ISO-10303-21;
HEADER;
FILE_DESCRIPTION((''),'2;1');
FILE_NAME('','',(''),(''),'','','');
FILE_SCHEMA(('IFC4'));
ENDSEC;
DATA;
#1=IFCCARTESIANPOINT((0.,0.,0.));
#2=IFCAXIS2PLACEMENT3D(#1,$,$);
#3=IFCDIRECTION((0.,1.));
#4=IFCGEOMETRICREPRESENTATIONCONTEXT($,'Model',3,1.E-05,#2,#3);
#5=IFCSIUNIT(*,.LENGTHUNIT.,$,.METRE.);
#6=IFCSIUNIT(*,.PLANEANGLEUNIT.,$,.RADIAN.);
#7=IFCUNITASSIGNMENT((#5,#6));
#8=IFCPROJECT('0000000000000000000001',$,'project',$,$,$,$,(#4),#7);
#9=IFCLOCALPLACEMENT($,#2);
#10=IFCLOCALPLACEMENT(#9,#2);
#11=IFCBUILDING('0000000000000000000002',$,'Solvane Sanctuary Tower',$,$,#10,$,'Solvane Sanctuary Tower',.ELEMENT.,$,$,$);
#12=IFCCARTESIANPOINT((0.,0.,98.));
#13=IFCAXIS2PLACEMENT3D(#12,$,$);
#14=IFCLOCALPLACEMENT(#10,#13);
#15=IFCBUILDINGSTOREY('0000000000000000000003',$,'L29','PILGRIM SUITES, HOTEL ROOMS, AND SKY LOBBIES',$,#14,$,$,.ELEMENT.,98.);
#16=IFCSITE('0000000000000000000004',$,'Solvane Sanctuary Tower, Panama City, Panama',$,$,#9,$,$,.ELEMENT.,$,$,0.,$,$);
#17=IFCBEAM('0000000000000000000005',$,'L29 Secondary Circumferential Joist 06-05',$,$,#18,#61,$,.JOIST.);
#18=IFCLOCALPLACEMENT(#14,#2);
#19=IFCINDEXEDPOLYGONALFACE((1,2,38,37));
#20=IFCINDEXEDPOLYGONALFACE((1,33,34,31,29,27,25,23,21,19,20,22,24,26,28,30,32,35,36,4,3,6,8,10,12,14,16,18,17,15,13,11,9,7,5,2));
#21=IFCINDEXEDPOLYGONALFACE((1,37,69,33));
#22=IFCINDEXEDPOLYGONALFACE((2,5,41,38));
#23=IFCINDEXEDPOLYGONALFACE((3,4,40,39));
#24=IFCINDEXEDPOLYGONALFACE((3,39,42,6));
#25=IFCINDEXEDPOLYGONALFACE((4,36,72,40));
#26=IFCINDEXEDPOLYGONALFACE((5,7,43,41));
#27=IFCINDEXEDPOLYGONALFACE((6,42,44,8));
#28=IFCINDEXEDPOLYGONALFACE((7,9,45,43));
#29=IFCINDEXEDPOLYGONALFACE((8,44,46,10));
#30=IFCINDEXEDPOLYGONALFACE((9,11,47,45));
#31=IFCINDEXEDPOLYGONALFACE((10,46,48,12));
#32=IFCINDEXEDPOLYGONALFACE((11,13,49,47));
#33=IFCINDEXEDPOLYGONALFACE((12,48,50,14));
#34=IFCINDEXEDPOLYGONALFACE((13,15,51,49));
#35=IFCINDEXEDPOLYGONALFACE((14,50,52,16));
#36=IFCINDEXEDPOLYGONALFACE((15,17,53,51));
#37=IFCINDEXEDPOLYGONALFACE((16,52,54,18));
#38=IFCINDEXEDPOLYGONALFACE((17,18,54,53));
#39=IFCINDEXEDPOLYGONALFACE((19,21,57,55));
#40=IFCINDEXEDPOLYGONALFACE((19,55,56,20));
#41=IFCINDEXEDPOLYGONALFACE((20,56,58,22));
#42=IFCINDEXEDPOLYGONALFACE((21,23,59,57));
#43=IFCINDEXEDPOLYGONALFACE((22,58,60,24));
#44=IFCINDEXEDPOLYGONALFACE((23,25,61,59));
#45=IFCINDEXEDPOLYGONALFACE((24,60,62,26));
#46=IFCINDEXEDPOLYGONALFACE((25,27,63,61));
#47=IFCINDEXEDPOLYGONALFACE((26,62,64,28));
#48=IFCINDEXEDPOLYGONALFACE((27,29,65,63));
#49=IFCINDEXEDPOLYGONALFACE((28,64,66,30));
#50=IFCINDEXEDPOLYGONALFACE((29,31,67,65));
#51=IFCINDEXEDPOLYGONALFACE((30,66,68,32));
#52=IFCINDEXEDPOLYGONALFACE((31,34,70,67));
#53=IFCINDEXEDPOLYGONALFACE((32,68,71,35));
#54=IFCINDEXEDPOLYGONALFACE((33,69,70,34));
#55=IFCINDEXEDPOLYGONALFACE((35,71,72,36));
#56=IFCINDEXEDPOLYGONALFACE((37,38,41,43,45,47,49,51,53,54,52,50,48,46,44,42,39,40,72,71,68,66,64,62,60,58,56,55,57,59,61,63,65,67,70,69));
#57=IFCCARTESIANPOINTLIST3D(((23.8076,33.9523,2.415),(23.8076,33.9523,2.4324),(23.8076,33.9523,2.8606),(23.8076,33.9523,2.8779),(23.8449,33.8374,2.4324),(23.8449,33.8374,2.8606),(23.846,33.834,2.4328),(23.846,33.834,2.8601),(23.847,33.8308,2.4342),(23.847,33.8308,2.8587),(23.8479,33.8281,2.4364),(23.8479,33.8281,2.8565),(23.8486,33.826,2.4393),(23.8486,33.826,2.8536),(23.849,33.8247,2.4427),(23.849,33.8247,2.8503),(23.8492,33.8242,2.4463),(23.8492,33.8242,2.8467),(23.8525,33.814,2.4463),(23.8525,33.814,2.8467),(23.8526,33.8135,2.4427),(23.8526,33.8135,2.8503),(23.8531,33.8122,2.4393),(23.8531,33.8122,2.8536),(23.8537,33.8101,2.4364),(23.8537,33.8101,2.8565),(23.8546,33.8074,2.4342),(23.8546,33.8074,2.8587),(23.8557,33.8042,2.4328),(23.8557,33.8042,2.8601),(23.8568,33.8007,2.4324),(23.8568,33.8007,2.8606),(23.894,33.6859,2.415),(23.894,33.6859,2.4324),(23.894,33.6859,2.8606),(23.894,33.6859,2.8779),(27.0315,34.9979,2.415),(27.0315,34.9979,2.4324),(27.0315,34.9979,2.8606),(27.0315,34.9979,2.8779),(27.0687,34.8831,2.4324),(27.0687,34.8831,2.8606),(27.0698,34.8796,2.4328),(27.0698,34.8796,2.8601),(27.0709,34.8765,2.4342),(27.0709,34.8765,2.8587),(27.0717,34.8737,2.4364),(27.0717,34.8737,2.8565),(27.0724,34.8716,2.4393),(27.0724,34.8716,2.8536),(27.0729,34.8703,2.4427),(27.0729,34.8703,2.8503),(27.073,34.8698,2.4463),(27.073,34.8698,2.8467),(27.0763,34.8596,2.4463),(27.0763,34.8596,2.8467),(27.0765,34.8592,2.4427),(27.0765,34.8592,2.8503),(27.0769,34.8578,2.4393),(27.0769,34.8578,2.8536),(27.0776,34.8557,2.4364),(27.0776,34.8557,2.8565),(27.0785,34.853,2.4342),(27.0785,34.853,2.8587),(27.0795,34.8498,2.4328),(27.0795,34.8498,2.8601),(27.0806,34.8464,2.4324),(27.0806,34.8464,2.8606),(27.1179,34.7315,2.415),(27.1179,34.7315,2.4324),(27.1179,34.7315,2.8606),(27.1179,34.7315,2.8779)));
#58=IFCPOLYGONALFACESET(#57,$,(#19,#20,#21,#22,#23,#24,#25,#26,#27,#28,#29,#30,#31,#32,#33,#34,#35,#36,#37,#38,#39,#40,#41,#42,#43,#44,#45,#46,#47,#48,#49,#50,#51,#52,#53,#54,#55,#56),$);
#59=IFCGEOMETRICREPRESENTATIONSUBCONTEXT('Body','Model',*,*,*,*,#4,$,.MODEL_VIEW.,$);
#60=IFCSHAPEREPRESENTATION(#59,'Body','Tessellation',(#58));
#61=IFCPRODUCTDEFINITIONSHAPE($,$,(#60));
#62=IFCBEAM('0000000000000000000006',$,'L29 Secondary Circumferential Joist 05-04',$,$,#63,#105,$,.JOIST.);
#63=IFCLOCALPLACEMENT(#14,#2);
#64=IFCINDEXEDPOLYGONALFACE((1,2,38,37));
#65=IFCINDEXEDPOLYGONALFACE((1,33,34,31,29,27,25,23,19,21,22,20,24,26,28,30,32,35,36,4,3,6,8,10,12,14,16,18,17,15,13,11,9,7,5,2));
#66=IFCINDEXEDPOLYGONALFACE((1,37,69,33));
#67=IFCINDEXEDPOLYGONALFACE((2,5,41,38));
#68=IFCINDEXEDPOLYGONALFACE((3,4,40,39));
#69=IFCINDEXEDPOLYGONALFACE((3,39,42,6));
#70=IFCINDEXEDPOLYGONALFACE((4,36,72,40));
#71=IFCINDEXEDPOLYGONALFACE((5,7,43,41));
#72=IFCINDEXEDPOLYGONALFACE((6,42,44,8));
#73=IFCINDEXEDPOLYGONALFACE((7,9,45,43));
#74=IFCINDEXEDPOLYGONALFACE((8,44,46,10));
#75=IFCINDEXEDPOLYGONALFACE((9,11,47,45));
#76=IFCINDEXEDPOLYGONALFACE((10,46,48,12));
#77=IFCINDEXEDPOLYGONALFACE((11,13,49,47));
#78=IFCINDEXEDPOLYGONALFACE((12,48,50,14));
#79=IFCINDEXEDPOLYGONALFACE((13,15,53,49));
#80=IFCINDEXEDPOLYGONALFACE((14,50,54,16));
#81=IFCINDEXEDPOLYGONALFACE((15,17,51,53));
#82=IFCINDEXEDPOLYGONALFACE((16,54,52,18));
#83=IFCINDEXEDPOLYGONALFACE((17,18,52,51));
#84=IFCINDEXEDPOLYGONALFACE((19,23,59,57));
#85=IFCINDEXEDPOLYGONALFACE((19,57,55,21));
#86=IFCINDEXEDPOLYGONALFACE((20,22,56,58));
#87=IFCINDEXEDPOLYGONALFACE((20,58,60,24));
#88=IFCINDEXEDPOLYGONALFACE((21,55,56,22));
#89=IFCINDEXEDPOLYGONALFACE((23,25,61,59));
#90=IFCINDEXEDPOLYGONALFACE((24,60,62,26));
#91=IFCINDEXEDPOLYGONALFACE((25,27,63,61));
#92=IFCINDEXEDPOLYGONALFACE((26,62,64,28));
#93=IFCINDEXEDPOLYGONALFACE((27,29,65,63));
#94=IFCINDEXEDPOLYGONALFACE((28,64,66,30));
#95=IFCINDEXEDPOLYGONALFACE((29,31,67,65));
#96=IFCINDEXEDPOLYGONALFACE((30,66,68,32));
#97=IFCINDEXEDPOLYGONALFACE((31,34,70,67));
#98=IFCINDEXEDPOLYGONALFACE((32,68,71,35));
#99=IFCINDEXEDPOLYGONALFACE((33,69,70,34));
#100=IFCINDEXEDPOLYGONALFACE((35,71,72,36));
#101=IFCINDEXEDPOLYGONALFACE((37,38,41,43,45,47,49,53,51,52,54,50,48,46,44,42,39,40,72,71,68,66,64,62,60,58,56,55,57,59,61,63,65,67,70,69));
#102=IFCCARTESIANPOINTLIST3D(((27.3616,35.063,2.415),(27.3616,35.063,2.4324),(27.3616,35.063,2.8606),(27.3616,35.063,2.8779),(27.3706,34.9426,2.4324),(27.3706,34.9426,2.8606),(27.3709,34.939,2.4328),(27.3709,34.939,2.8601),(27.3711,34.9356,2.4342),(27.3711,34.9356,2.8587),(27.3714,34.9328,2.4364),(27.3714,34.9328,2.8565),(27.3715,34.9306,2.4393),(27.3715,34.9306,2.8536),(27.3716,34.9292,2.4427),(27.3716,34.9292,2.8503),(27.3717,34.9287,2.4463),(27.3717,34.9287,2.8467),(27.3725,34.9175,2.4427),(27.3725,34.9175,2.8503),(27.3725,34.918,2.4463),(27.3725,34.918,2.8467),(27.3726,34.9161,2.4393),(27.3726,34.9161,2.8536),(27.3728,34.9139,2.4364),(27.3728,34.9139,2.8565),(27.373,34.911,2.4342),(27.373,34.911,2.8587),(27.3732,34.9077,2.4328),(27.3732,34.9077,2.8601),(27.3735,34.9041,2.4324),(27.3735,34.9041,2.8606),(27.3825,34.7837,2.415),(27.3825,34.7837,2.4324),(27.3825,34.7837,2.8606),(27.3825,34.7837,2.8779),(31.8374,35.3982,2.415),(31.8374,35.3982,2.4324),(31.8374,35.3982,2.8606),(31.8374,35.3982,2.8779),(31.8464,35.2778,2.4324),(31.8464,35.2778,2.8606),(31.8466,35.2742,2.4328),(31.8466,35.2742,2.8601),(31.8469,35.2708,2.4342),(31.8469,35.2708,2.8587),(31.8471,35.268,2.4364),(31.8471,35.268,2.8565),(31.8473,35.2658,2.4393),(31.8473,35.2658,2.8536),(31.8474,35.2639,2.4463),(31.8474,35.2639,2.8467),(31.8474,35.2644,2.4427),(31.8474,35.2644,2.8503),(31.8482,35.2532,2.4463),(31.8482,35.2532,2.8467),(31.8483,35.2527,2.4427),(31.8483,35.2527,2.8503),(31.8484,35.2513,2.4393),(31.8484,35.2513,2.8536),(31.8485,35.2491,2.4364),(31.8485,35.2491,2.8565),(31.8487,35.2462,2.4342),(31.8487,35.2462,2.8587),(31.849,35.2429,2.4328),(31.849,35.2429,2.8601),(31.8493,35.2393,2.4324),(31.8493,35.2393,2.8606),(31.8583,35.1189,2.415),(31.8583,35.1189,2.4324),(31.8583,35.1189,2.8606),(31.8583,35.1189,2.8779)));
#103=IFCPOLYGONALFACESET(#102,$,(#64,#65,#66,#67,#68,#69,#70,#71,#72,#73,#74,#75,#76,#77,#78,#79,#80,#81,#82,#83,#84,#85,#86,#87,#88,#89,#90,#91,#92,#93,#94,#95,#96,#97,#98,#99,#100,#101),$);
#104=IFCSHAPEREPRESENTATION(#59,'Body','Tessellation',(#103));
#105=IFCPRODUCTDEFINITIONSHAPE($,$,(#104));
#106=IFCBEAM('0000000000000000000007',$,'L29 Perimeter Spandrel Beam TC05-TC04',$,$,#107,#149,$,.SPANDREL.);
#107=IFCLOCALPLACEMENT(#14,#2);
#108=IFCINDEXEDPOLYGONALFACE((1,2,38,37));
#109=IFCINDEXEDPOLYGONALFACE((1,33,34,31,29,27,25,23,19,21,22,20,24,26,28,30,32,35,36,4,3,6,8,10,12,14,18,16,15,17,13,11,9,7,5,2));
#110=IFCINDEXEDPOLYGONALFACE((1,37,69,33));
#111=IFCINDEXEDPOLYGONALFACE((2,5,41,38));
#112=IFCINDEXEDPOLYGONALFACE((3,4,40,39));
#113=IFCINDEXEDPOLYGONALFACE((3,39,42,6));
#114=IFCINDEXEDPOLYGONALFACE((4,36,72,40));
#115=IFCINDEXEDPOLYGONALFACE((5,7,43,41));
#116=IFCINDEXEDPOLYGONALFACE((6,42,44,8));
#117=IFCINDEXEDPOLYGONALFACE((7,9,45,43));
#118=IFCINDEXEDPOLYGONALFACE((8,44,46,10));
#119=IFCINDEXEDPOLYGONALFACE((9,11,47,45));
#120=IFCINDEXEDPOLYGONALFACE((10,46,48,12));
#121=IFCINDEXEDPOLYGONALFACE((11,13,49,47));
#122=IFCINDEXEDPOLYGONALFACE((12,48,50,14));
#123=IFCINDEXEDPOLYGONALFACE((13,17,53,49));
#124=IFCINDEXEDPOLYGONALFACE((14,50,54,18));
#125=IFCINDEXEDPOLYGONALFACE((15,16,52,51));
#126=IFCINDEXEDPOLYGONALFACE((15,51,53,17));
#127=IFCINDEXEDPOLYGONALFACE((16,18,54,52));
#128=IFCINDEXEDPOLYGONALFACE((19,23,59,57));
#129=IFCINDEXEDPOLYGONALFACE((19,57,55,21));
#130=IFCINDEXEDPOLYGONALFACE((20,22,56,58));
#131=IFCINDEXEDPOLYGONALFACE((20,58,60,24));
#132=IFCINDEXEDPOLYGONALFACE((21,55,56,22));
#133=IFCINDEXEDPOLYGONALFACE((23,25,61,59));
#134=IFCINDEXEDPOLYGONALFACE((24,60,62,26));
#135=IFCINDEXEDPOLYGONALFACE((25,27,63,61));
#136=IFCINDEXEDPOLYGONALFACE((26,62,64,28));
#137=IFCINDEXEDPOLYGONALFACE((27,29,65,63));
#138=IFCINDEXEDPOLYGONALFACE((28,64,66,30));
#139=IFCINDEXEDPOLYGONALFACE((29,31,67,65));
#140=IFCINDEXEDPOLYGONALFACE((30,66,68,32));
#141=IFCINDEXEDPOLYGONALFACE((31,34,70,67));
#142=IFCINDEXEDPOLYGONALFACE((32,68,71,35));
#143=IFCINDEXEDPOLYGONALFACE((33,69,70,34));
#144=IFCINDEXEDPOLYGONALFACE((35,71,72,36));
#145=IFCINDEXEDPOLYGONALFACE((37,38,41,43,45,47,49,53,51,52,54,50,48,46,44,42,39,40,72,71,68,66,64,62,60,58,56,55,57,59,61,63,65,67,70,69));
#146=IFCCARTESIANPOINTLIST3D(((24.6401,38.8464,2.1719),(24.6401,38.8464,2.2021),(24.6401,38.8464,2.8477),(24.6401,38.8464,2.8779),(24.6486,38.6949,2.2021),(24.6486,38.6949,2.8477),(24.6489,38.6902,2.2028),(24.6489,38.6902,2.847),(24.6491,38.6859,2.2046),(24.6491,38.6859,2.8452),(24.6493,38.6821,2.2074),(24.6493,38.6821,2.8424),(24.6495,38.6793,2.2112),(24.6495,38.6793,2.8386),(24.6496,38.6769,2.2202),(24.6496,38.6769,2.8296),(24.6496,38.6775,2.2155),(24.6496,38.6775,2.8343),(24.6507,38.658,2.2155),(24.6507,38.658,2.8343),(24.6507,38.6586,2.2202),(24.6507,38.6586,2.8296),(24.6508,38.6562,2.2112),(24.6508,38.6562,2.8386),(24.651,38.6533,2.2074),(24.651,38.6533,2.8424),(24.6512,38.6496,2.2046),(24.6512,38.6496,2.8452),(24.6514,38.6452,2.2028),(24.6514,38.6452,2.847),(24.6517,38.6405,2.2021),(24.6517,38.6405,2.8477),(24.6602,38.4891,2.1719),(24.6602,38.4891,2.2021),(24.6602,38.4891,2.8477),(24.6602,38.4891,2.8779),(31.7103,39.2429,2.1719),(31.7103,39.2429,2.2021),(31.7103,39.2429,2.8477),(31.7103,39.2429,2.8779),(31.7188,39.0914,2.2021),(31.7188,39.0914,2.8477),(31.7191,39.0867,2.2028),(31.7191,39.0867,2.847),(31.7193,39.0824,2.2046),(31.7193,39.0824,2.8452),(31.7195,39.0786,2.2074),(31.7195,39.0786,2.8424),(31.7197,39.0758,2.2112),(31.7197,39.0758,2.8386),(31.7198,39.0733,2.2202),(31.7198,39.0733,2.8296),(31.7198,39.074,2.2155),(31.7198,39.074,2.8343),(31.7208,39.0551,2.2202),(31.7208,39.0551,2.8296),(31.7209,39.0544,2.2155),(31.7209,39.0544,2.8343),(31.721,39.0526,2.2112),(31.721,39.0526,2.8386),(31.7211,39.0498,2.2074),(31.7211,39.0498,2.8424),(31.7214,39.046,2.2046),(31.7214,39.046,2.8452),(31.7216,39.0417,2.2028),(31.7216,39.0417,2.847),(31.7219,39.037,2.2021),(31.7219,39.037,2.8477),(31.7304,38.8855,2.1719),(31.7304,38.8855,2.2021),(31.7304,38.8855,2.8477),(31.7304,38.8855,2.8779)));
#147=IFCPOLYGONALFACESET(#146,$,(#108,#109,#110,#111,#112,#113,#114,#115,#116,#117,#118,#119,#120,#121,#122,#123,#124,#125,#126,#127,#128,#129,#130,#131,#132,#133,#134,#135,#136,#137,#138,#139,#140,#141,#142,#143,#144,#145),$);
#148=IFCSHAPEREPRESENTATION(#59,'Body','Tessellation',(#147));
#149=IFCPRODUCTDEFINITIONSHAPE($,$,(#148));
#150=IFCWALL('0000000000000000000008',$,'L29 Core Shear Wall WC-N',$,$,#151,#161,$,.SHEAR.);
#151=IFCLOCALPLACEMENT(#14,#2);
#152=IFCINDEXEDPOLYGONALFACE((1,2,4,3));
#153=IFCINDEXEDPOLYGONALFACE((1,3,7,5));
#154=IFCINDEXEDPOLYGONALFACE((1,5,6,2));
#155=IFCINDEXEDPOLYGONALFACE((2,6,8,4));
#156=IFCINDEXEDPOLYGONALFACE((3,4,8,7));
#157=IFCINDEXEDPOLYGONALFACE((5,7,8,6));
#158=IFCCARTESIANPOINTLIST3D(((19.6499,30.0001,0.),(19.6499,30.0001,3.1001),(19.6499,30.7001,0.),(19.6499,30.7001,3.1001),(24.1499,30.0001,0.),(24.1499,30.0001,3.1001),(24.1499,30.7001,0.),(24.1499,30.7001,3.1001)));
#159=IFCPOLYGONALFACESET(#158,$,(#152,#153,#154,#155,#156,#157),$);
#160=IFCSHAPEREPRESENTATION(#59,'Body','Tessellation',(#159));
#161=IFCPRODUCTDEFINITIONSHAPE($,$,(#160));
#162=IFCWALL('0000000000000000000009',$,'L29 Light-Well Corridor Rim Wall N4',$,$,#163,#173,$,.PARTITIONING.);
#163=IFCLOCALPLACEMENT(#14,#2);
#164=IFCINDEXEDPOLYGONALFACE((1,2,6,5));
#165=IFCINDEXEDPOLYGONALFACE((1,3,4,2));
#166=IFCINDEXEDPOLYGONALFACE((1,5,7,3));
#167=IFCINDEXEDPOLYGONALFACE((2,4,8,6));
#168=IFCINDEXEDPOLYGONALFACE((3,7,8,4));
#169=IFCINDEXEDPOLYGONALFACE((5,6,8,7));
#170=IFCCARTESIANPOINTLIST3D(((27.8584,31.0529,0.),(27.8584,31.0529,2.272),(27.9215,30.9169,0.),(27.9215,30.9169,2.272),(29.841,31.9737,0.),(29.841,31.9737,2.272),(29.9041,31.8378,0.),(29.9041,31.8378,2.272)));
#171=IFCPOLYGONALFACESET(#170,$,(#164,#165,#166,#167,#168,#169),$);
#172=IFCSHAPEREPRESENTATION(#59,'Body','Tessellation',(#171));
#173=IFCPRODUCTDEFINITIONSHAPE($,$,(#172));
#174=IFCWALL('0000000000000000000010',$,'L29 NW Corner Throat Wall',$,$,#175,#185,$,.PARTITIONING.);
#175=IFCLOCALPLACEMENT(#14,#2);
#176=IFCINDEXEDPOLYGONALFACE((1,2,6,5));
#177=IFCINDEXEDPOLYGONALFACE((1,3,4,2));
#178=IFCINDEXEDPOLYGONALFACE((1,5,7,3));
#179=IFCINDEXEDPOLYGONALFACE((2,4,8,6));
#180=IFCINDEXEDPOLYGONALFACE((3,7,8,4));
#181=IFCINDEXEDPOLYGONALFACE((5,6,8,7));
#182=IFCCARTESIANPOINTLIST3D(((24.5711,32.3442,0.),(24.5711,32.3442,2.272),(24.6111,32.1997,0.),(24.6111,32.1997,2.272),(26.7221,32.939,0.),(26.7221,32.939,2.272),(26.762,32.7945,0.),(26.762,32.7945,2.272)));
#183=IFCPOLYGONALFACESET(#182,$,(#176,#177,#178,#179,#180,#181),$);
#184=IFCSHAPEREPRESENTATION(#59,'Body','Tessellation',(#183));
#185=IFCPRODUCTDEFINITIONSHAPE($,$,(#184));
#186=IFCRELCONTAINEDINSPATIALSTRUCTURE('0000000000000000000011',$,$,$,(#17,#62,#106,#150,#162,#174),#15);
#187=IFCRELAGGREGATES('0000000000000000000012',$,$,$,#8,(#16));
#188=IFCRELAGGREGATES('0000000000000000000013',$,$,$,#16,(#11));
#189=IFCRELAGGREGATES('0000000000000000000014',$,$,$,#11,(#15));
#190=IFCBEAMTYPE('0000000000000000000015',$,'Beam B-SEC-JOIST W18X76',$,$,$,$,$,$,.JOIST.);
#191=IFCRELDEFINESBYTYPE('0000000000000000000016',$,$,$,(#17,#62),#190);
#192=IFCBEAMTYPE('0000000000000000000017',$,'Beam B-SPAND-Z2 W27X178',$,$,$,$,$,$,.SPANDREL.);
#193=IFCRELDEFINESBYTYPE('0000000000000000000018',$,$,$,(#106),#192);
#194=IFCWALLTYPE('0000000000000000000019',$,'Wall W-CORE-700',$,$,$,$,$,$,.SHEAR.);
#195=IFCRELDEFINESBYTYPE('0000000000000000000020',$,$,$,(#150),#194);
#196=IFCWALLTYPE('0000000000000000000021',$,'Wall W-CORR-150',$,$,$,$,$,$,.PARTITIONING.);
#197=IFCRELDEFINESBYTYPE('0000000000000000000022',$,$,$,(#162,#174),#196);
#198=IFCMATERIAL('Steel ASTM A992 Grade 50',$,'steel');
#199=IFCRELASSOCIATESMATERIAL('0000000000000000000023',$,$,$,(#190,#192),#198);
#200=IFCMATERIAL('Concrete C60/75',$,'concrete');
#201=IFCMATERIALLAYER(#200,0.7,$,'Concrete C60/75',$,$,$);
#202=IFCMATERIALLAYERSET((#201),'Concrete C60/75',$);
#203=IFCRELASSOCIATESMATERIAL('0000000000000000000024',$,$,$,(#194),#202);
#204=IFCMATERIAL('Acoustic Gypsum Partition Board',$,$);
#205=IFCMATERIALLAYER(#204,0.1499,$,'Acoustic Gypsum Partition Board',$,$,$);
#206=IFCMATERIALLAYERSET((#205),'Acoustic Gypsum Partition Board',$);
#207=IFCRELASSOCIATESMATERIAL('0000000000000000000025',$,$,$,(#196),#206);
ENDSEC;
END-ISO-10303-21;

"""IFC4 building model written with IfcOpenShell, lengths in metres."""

from ifc_helpers import new_model, si_unit, direction, frame, frame_2d, origin, origin_2d, place, context, subcontext, project, spatial, rectangle, i_section, extrude, material, layer, layer_set, material_profile, profile_set, type_object, element, save


model = new_model("IFC4")

# Units and contexts
model_context = context("Model", 3, precision=1e-05, world=origin(), true_north=direction((0.0, 1.0)))
body_context = subcontext(model_context, "Body", "Model", "MODEL_VIEW")
ifc_project = project(units=[si_unit("LENGTHUNIT", "METRE"), si_unit("PLANEANGLEUNIT", "RADIAN")], contexts=[model_context])

# Site, building, storey
site_placement = place(None, origin())
site = spatial("IfcSite", under=ifc_project, at=site_placement, Name="Solvane Sanctuary Tower, Panama City, Panama", CompositionType="ELEMENT", RefElevation=0.0)
building_placement = place(site_placement, origin())
building = spatial("IfcBuilding", under=site, at=building_placement, Name="Solvane Sanctuary Tower", LongName="Solvane Sanctuary Tower", CompositionType="ELEMENT")
storey_placement = place(building_placement, frame((0.0, 0.0, 98.0)))
storey = spatial("IfcBuildingStorey", under=building, at=storey_placement, Name="L29", Description="PILGRIM SUITES, HOTEL ROOMS, AND SKY LOBBIES", CompositionType="ELEMENT", Elevation=98.0)

# Shared definitions
ifc_material_1 = material(Name="Concrete C60/75", Category="concrete")

# Beams
ifc_material_2 = material(Name="Steel ASTM A992 Grade 50", Category="steel")
ifc_material_profile_1 = material_profile(ifc_material_2, i_section(OverallWidth=0.28, OverallDepth=0.4629, WebThickness=0.0107, FlangeThickness=0.0173, FilletRadius=0.0139, at=origin_2d()), Name="W18X76")
ifc_profile_set_1 = profile_set([ifc_material_profile_1], Name="Steel ASTM A992 Grade 50")
beam_type_1 = type_object("IfcBeamType", Name="Beam B-SEC-JOIST W18X76", PredefinedType="JOIST", material=ifc_profile_set_1)
beam_1_placement = place(storey_placement, frame((23.8508, 33.8191, 2.6465), z_axis=(0.951217, 0.308524, 0.0), x_axis=(-0.308524, 0.951217, 0.0)))
element("IfcBeam", 1, at=beam_1_placement, inside=storey, type_object=beam_type_1, Name="L29 Secondary Circumferential Joist 06-05", PredefinedType="JOIST", context=body_context, shape_type="SweptSolid", body=[
    extrude(i_section(OverallWidth=0.28, OverallDepth=0.4629, WebThickness=0.0107, FlangeThickness=0.0173, FilletRadius=0.0139, at=origin_2d()), origin(), (0.0, 0.0, 1.0), 3.3892),
])
beam_2_placement = place(storey_placement, frame((27.3721, 34.9233, 2.6465), z_axis=(0.997207, 0.074683, 0.0), x_axis=(-0.074683, 0.997207, 0.0)))
element("IfcBeam", 2, at=beam_2_placement, inside=storey, type_object=beam_type_1, Name="L29 Secondary Circumferential Joist 05-04", PredefinedType="JOIST", context=body_context, shape_type="SweptSolid", body=[
    extrude(i_section(OverallWidth=0.28, OverallDepth=0.4629, WebThickness=0.0107, FlangeThickness=0.0173, FilletRadius=0.0139, at=origin_2d()), origin(), (0.0, 0.0, 1.0), 4.4883),
])
ifc_material_profile_2 = material_profile(ifc_material_2, i_section(OverallWidth=0.3579, OverallDepth=0.7061, WebThickness=0.0183, FlangeThickness=0.0303, FilletRadius=0.0181, at=origin_2d()), Name="W27X178")
ifc_profile_set_2 = profile_set([ifc_material_profile_2], Name="Steel ASTM A992 Grade 50")
beam_type_2 = type_object("IfcBeamType", Name="Beam B-SPAND-Z2 W27X178", PredefinedType="SPANDREL", material=ifc_profile_set_2)
beam_3_placement = place(storey_placement, frame((24.6501, 38.6677, 2.5249), z_axis=(0.998431, 0.055989, 0.0), x_axis=(-0.055989, 0.998431, 0.0)))
element("IfcBeam", 3, at=beam_3_placement, inside=storey, type_object=beam_type_2, Name="L29 Perimeter Spandrel Beam TC05-TC04", PredefinedType="SPANDREL", context=body_context, shape_type="SweptSolid", body=[
    extrude(i_section(OverallWidth=0.3579, OverallDepth=0.7061, WebThickness=0.0183, FlangeThickness=0.0303, FilletRadius=0.0181, at=origin_2d()), origin(), (0.0, 0.0, 1.0), 7.0813),
])

# Walls
ifc_layer_1 = layer(ifc_material_1, 0.7, Name="Concrete C60/75")
ifc_layer_set_1 = layer_set([ifc_layer_1], Name="Concrete C60/75")
wall_type_1 = type_object("IfcWallType", Name="Wall W-CORE-700", PredefinedType="SHEAR", material=ifc_layer_set_1)
wall_1_placement = place(storey_placement, frame((19.6499, 30.3501, 0.0), z_axis=(0.0, 0.0, 1.0), x_axis=(1.0, 0.0, 0.0)))
element("IfcWall", 4, at=wall_1_placement, inside=storey, type_object=wall_type_1, Name="L29 Core Shear Wall WC-N", PredefinedType="SHEAR", context=body_context, shape_type="SweptSolid", body=[
    extrude(rectangle(XDim=4.5, YDim=0.7, at=frame_2d((2.25, 0.0))), origin(), (0.0, 0.0, 1.0), 3.1001),
])
ifc_material_3 = material(Name="Acoustic Gypsum Partition Board")
ifc_layer_2 = layer(ifc_material_3, 0.1499, Name="Acoustic Gypsum Partition Board")
ifc_layer_set_2 = layer_set([ifc_layer_2], Name="Acoustic Gypsum Partition Board")
wall_type_2 = type_object("IfcWallType", Name="Wall W-CORR-150", PredefinedType="PARTITIONING", material=ifc_layer_set_2)
wall_2_placement = place(storey_placement, frame((29.8726, 31.9058, 0.0), z_axis=(0.0, 0.0, 1.0), x_axis=(-0.906943, -0.421252, 0.0)))
element("IfcWall", 5, at=wall_2_placement, inside=storey, type_object=wall_type_2, Name="L29 Light-Well Corridor Rim Wall N4", PredefinedType="PARTITIONING", context=body_context, shape_type="SweptSolid", body=[
    extrude(rectangle(XDim=2.186, YDim=0.1499, at=frame_2d((1.093, 0.0))), origin(), (0.0, 0.0, 1.0), 2.272),
])
wall_3_placement = place(storey_placement, frame((26.7419, 32.8667, 0.0), z_axis=(0.0, 0.0, 1.0), x_axis=(-0.963834, -0.266504, 0.0)))
element("IfcWall", 6, at=wall_3_placement, inside=storey, type_object=wall_type_2, Name="L29 NW Corner Throat Wall", PredefinedType="PARTITIONING", context=body_context, shape_type="SweptSolid", body=[
    extrude(rectangle(XDim=2.2317, YDim=0.1499, at=frame_2d((1.1157, 0.0))), origin(), (0.0, 0.0, 1.0), 2.272),
])

save(model, "model.ifc")
